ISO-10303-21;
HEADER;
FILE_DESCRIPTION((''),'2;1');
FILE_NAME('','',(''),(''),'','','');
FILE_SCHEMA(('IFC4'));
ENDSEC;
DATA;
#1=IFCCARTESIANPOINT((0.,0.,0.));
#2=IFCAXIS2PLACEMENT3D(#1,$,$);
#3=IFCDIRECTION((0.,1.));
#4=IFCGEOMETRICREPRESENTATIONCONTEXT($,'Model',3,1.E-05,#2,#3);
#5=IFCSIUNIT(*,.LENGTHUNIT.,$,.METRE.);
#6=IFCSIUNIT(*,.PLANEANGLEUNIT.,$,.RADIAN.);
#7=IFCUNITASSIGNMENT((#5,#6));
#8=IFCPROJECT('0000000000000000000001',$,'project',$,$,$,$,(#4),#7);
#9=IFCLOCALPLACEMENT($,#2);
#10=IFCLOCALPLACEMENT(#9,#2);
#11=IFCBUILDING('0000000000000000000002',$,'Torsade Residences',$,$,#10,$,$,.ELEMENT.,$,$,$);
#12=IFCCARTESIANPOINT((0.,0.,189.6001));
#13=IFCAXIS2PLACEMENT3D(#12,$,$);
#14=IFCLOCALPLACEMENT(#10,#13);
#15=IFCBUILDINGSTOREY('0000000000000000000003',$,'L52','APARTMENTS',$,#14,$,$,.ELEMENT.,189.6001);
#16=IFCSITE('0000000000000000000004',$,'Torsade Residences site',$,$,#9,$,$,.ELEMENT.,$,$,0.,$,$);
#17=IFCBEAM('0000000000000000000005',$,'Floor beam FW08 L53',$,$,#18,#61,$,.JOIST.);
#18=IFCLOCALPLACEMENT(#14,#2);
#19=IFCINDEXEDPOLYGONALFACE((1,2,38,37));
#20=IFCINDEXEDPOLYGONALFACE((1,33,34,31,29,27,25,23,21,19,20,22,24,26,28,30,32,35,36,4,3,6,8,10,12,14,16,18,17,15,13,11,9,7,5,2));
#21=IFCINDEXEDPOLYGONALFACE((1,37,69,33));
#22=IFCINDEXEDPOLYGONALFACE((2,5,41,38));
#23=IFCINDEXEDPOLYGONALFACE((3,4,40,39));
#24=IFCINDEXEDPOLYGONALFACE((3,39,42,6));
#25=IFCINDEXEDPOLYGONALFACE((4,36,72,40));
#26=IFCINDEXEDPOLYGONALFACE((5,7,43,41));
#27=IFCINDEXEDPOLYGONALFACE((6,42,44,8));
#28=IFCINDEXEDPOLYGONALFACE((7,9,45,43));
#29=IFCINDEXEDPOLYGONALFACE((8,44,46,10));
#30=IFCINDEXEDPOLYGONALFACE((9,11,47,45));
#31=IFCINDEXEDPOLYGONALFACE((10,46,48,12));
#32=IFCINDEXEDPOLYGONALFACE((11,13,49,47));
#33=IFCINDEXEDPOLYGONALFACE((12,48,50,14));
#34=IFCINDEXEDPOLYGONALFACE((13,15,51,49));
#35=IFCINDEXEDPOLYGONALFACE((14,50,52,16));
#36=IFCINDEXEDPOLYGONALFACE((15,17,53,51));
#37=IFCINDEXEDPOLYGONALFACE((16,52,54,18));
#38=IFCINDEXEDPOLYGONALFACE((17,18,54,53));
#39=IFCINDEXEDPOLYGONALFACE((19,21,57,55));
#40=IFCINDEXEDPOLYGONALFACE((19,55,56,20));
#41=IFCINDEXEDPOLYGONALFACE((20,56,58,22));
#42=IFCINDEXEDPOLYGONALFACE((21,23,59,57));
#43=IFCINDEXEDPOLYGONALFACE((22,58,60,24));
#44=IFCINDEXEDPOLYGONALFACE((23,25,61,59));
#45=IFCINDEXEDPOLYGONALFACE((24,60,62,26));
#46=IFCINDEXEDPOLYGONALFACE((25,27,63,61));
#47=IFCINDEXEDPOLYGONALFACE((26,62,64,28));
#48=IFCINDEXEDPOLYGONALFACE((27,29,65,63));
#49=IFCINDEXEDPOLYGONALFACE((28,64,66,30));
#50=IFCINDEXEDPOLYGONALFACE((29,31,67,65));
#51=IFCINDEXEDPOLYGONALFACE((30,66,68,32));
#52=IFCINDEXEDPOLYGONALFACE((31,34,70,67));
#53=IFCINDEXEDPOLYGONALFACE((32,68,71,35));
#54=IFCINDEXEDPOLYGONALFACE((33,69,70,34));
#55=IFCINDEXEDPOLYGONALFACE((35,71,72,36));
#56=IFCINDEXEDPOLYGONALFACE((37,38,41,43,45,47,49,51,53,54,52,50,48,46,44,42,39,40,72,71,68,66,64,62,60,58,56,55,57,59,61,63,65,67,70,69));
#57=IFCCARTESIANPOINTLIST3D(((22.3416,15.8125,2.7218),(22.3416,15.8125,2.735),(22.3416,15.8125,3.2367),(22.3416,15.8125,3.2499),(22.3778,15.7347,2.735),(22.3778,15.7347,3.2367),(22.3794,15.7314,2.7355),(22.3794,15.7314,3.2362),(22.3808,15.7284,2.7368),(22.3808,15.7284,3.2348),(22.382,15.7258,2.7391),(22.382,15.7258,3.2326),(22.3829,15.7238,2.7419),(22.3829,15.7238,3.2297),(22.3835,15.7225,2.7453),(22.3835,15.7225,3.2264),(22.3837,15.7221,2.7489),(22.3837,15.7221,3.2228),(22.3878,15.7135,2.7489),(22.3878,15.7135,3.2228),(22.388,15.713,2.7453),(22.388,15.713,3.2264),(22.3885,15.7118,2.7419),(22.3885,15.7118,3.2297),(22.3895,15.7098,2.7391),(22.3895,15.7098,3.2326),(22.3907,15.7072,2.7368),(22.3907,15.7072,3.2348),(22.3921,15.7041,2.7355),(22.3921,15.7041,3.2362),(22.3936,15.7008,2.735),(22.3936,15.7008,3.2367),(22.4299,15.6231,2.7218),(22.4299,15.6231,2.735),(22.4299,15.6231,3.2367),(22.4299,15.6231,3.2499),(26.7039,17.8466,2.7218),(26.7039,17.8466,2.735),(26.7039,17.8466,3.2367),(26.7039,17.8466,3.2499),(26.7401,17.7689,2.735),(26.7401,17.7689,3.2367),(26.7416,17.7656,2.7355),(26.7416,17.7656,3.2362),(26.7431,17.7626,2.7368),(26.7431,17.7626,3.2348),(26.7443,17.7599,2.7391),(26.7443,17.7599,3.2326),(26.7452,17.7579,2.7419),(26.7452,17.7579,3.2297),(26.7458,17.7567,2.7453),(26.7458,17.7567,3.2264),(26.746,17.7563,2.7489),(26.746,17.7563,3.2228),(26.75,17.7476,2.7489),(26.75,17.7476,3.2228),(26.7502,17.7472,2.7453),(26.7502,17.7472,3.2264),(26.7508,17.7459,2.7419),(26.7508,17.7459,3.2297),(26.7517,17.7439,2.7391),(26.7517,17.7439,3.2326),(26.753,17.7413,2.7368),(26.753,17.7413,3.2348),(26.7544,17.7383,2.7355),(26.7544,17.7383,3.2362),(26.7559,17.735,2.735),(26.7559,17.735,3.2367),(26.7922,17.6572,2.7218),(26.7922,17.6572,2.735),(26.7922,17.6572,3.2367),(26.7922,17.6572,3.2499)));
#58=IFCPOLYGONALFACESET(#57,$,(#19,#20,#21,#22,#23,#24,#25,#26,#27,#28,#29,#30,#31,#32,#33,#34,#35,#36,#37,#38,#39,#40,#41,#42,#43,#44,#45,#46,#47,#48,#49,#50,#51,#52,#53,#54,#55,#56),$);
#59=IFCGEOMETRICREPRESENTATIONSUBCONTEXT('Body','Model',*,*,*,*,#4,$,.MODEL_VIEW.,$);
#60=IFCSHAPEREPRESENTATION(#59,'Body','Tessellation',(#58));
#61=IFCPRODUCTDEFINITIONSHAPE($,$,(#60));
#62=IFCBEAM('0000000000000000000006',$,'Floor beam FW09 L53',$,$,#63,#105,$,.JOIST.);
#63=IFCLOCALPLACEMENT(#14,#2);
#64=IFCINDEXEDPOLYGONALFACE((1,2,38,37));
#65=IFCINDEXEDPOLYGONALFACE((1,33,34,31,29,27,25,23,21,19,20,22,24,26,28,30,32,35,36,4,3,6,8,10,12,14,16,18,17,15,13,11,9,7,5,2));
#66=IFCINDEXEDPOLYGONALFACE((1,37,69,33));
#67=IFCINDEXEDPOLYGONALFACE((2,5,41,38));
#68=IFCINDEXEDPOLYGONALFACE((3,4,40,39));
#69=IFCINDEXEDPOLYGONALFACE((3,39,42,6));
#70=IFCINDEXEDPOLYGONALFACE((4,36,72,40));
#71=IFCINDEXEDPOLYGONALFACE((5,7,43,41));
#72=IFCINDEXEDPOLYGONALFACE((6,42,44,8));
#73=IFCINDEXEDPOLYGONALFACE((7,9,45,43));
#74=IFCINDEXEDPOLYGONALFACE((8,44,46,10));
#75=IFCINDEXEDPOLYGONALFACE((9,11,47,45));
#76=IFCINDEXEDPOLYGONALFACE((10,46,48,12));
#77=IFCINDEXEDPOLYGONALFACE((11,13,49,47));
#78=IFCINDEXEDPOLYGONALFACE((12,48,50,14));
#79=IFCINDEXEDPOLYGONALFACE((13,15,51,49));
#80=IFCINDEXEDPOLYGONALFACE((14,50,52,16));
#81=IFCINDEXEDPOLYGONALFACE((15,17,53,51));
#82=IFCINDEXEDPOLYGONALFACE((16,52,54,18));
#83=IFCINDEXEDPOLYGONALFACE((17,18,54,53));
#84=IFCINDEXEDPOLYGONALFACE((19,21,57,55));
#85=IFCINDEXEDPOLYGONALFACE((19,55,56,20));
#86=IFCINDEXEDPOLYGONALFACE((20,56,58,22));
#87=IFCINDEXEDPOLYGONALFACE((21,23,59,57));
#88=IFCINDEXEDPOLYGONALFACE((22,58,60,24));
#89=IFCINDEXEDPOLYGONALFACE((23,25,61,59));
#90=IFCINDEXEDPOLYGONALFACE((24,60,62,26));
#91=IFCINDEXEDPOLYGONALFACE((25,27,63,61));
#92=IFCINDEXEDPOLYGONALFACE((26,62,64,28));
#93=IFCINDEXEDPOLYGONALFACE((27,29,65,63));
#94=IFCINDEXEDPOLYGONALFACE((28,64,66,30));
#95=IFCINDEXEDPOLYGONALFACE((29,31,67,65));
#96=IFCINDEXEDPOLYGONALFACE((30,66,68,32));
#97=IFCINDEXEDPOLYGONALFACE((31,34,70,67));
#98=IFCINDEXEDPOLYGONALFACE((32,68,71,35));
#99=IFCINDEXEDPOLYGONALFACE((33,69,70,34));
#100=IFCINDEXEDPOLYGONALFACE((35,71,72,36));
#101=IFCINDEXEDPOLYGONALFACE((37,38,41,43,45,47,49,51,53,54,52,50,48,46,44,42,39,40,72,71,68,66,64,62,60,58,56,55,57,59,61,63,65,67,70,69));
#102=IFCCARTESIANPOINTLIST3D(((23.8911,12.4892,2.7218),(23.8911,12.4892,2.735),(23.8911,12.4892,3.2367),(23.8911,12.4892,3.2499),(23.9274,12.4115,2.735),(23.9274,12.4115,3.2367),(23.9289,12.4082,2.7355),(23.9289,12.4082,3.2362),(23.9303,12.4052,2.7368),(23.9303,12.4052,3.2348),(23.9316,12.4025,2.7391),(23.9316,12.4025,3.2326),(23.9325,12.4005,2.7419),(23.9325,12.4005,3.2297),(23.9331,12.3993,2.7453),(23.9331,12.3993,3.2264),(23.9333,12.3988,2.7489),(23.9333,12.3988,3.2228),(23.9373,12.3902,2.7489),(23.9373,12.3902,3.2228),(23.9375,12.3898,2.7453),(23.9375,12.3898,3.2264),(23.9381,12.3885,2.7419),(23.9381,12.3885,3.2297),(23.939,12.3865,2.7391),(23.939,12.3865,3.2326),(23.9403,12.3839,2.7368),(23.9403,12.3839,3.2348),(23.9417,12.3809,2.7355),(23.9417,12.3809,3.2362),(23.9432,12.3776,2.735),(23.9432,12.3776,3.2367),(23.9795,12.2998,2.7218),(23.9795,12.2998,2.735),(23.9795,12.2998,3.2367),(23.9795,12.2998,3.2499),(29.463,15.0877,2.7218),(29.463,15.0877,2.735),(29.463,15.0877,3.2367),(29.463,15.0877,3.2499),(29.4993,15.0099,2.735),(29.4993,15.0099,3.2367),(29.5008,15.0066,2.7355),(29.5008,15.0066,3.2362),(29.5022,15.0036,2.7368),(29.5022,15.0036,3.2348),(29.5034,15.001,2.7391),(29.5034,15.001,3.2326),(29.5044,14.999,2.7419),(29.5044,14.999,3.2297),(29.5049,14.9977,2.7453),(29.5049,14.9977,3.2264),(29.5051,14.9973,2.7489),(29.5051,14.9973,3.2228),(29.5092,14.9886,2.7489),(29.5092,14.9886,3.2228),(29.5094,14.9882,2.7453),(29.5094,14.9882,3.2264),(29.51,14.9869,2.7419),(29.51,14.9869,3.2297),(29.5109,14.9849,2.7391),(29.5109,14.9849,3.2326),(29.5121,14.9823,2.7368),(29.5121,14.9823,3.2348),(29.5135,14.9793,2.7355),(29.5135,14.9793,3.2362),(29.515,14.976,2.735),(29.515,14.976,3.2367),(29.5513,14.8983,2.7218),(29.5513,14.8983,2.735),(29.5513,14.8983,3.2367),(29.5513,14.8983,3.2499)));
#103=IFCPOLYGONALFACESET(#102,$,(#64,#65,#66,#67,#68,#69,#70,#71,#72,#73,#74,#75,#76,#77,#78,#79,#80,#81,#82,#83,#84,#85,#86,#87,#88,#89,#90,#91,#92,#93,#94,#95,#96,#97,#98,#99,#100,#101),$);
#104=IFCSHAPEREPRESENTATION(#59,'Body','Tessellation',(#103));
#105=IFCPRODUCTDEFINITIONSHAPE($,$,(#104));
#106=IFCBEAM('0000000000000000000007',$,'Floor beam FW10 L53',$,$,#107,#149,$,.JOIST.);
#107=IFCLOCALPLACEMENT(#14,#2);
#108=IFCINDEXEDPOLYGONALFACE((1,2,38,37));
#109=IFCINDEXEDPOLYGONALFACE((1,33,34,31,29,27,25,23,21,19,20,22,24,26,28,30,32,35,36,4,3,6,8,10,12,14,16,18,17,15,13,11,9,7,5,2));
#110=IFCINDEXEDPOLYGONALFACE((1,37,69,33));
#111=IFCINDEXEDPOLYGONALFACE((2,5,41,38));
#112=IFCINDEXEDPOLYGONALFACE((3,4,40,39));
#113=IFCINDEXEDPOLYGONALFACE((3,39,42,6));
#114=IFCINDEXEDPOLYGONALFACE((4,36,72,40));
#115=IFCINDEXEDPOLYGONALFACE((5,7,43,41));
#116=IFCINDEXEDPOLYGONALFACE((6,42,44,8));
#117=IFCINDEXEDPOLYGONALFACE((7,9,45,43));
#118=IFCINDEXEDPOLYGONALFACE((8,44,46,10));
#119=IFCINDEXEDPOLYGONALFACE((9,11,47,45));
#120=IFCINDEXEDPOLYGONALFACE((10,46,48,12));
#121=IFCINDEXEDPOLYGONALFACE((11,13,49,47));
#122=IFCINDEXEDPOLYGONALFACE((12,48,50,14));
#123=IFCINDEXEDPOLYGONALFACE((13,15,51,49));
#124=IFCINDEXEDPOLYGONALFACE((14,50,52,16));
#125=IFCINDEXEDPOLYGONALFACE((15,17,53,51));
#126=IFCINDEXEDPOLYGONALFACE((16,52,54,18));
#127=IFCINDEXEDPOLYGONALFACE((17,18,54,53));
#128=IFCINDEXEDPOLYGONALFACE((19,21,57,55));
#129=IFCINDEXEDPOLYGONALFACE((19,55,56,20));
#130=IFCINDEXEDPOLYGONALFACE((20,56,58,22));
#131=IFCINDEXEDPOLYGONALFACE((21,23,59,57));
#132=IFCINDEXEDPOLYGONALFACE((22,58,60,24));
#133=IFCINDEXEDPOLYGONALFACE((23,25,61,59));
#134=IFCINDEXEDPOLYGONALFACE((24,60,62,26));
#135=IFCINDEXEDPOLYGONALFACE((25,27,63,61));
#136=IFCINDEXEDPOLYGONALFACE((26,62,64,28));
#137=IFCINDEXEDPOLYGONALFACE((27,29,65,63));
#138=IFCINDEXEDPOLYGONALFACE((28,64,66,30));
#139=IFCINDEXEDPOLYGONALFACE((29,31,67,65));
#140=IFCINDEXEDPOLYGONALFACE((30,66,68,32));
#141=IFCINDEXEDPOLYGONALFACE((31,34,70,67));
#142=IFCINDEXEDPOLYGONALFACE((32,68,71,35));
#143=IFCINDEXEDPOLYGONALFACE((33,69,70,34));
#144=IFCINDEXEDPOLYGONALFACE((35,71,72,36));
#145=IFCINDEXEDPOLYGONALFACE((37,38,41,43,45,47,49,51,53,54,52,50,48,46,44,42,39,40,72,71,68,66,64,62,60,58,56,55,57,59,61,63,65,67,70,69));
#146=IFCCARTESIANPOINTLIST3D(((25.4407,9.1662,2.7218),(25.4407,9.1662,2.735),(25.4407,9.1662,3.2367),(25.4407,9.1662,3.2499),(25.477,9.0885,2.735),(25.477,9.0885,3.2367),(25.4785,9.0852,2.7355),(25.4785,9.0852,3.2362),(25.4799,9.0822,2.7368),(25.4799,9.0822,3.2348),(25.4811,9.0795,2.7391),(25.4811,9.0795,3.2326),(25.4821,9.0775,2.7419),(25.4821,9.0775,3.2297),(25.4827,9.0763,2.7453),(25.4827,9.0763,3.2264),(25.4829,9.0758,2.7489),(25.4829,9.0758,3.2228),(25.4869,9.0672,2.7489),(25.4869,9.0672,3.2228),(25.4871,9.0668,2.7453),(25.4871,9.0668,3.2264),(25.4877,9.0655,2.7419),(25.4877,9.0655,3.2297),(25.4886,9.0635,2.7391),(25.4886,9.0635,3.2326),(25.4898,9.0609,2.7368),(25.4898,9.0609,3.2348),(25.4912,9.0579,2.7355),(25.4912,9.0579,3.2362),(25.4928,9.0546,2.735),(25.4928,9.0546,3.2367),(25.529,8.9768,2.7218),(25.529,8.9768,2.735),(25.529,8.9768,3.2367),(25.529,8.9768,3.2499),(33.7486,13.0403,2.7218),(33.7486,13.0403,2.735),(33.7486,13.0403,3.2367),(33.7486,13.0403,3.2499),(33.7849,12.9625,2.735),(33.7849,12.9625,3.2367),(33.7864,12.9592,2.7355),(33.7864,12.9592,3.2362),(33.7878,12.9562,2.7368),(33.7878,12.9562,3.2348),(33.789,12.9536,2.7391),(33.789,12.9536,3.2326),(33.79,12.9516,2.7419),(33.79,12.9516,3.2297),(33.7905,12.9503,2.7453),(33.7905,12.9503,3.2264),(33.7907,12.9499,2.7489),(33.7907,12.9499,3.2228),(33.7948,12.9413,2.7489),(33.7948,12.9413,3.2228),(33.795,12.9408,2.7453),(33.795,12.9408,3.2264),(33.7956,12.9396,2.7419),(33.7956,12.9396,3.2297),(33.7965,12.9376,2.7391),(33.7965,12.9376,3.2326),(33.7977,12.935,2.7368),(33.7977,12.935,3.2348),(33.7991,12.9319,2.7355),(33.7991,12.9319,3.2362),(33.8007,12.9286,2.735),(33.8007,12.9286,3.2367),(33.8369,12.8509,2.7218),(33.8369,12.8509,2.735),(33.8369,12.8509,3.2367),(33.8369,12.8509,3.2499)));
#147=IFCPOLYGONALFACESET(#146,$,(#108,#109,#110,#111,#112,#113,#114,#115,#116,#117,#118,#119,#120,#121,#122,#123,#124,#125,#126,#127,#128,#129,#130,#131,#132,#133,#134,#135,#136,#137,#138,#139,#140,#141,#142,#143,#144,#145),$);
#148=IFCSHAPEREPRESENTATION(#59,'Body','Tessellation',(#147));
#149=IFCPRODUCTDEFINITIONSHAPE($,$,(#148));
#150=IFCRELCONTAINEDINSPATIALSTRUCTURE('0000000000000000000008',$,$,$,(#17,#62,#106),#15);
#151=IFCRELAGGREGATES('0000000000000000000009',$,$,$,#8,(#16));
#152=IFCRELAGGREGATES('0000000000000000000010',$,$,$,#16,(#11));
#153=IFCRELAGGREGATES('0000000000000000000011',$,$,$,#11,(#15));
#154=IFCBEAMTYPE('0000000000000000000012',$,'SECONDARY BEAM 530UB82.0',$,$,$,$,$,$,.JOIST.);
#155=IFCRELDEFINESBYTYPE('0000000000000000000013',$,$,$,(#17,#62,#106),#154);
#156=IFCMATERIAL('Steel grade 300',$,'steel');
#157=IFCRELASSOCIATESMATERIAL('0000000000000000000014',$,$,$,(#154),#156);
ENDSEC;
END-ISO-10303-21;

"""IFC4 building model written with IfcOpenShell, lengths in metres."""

from ifc_helpers import new_model, si_unit, direction, frame, origin, origin_2d, place, context, subcontext, project, spatial, i_section, extrude, material, material_profile, profile_set, type_object, element, save


model = new_model("IFC4")

# Units and contexts
model_context = context("Model", 3, precision=1e-05, world=origin(), true_north=direction((0.0, 1.0)))
body_context = subcontext(model_context, "Body", "Model", "MODEL_VIEW")
ifc_project = project(units=[si_unit("LENGTHUNIT", "METRE"), si_unit("PLANEANGLEUNIT", "RADIAN")], contexts=[model_context])

# Site, building, storey
site_placement = place(None, origin())
site = spatial("IfcSite", under=ifc_project, at=site_placement, Name="Torsade Residences site", CompositionType="ELEMENT", RefElevation=0.0)
building_placement = place(site_placement, origin())
building = spatial("IfcBuilding", under=site, at=building_placement, Name="Torsade Residences", CompositionType="ELEMENT")
storey_placement = place(building_placement, frame((0.0, 0.0, 189.6001)))
storey = spatial("IfcBuildingStorey", under=building, at=storey_placement, Name="L52", Description="APARTMENTS", CompositionType="ELEMENT", Elevation=189.6001)

# Beams
ifc_material_1 = material(Name="Steel grade 300", Category="steel")
ifc_material_profile_1 = material_profile(ifc_material_1, i_section(OverallWidth=0.209, OverallDepth=0.5281, WebThickness=0.0095, FlangeThickness=0.0132, FilletRadius=0.0139, at=origin_2d()), Name="530UB82.0")
ifc_profile_set_1 = profile_set([ifc_material_profile_1], Name="Steel grade 300")
beam_type_1 = type_object("IfcBeamType", Name="SECONDARY BEAM 530UB82.0", PredefinedType="JOIST", material=ifc_profile_set_1)
beam_1_placement = place(storey_placement, frame((22.3857, 15.7178, 2.9858), z_axis=(0.906308, 0.422619, 0.0), x_axis=(-0.422619, 0.906308, 0.0)))
element("IfcBeam", 1, at=beam_1_placement, inside=storey, type_object=beam_type_1, Name="Floor beam FW08 L53", PredefinedType="JOIST", context=body_context, shape_type="SweptSolid", body=[
    extrude(i_section(OverallWidth=0.209, OverallDepth=0.5281, WebThickness=0.0095, FlangeThickness=0.0132, FilletRadius=0.0139, at=origin_2d()), origin(), (0.0, 0.0, 1.0), 4.8132),
])
beam_2_placement = place(storey_placement, frame((23.9353, 12.3945, 2.9858), z_axis=(0.906294, 0.422648, 0.0), x_axis=(-0.422648, 0.906294, 0.0)))
element("IfcBeam", 2, at=beam_2_placement, inside=storey, type_object=beam_type_1, Name="Floor beam FW09 L53", PredefinedType="JOIST", context=body_context, shape_type="SweptSolid", body=[
    extrude(i_section(OverallWidth=0.209, OverallDepth=0.5281, WebThickness=0.0095, FlangeThickness=0.0132, FilletRadius=0.0139, at=origin_2d()), origin(), (0.0, 0.0, 1.0), 6.1479),
])
beam_3_placement = place(storey_placement, frame((25.4849, 9.0715, 2.9858), z_axis=(0.906308, 0.422619, 0.0), x_axis=(-0.422619, 0.906308, 0.0)))
element("IfcBeam", 3, at=beam_3_placement, inside=storey, type_object=beam_type_1, Name="Floor beam FW10 L53", PredefinedType="JOIST", context=body_context, shape_type="SweptSolid", body=[
    extrude(i_section(OverallWidth=0.209, OverallDepth=0.5281, WebThickness=0.0095, FlangeThickness=0.0132, FilletRadius=0.0139, at=origin_2d()), origin(), (0.0, 0.0, 1.0), 9.1667),
])

save(model, "model.ifc")
